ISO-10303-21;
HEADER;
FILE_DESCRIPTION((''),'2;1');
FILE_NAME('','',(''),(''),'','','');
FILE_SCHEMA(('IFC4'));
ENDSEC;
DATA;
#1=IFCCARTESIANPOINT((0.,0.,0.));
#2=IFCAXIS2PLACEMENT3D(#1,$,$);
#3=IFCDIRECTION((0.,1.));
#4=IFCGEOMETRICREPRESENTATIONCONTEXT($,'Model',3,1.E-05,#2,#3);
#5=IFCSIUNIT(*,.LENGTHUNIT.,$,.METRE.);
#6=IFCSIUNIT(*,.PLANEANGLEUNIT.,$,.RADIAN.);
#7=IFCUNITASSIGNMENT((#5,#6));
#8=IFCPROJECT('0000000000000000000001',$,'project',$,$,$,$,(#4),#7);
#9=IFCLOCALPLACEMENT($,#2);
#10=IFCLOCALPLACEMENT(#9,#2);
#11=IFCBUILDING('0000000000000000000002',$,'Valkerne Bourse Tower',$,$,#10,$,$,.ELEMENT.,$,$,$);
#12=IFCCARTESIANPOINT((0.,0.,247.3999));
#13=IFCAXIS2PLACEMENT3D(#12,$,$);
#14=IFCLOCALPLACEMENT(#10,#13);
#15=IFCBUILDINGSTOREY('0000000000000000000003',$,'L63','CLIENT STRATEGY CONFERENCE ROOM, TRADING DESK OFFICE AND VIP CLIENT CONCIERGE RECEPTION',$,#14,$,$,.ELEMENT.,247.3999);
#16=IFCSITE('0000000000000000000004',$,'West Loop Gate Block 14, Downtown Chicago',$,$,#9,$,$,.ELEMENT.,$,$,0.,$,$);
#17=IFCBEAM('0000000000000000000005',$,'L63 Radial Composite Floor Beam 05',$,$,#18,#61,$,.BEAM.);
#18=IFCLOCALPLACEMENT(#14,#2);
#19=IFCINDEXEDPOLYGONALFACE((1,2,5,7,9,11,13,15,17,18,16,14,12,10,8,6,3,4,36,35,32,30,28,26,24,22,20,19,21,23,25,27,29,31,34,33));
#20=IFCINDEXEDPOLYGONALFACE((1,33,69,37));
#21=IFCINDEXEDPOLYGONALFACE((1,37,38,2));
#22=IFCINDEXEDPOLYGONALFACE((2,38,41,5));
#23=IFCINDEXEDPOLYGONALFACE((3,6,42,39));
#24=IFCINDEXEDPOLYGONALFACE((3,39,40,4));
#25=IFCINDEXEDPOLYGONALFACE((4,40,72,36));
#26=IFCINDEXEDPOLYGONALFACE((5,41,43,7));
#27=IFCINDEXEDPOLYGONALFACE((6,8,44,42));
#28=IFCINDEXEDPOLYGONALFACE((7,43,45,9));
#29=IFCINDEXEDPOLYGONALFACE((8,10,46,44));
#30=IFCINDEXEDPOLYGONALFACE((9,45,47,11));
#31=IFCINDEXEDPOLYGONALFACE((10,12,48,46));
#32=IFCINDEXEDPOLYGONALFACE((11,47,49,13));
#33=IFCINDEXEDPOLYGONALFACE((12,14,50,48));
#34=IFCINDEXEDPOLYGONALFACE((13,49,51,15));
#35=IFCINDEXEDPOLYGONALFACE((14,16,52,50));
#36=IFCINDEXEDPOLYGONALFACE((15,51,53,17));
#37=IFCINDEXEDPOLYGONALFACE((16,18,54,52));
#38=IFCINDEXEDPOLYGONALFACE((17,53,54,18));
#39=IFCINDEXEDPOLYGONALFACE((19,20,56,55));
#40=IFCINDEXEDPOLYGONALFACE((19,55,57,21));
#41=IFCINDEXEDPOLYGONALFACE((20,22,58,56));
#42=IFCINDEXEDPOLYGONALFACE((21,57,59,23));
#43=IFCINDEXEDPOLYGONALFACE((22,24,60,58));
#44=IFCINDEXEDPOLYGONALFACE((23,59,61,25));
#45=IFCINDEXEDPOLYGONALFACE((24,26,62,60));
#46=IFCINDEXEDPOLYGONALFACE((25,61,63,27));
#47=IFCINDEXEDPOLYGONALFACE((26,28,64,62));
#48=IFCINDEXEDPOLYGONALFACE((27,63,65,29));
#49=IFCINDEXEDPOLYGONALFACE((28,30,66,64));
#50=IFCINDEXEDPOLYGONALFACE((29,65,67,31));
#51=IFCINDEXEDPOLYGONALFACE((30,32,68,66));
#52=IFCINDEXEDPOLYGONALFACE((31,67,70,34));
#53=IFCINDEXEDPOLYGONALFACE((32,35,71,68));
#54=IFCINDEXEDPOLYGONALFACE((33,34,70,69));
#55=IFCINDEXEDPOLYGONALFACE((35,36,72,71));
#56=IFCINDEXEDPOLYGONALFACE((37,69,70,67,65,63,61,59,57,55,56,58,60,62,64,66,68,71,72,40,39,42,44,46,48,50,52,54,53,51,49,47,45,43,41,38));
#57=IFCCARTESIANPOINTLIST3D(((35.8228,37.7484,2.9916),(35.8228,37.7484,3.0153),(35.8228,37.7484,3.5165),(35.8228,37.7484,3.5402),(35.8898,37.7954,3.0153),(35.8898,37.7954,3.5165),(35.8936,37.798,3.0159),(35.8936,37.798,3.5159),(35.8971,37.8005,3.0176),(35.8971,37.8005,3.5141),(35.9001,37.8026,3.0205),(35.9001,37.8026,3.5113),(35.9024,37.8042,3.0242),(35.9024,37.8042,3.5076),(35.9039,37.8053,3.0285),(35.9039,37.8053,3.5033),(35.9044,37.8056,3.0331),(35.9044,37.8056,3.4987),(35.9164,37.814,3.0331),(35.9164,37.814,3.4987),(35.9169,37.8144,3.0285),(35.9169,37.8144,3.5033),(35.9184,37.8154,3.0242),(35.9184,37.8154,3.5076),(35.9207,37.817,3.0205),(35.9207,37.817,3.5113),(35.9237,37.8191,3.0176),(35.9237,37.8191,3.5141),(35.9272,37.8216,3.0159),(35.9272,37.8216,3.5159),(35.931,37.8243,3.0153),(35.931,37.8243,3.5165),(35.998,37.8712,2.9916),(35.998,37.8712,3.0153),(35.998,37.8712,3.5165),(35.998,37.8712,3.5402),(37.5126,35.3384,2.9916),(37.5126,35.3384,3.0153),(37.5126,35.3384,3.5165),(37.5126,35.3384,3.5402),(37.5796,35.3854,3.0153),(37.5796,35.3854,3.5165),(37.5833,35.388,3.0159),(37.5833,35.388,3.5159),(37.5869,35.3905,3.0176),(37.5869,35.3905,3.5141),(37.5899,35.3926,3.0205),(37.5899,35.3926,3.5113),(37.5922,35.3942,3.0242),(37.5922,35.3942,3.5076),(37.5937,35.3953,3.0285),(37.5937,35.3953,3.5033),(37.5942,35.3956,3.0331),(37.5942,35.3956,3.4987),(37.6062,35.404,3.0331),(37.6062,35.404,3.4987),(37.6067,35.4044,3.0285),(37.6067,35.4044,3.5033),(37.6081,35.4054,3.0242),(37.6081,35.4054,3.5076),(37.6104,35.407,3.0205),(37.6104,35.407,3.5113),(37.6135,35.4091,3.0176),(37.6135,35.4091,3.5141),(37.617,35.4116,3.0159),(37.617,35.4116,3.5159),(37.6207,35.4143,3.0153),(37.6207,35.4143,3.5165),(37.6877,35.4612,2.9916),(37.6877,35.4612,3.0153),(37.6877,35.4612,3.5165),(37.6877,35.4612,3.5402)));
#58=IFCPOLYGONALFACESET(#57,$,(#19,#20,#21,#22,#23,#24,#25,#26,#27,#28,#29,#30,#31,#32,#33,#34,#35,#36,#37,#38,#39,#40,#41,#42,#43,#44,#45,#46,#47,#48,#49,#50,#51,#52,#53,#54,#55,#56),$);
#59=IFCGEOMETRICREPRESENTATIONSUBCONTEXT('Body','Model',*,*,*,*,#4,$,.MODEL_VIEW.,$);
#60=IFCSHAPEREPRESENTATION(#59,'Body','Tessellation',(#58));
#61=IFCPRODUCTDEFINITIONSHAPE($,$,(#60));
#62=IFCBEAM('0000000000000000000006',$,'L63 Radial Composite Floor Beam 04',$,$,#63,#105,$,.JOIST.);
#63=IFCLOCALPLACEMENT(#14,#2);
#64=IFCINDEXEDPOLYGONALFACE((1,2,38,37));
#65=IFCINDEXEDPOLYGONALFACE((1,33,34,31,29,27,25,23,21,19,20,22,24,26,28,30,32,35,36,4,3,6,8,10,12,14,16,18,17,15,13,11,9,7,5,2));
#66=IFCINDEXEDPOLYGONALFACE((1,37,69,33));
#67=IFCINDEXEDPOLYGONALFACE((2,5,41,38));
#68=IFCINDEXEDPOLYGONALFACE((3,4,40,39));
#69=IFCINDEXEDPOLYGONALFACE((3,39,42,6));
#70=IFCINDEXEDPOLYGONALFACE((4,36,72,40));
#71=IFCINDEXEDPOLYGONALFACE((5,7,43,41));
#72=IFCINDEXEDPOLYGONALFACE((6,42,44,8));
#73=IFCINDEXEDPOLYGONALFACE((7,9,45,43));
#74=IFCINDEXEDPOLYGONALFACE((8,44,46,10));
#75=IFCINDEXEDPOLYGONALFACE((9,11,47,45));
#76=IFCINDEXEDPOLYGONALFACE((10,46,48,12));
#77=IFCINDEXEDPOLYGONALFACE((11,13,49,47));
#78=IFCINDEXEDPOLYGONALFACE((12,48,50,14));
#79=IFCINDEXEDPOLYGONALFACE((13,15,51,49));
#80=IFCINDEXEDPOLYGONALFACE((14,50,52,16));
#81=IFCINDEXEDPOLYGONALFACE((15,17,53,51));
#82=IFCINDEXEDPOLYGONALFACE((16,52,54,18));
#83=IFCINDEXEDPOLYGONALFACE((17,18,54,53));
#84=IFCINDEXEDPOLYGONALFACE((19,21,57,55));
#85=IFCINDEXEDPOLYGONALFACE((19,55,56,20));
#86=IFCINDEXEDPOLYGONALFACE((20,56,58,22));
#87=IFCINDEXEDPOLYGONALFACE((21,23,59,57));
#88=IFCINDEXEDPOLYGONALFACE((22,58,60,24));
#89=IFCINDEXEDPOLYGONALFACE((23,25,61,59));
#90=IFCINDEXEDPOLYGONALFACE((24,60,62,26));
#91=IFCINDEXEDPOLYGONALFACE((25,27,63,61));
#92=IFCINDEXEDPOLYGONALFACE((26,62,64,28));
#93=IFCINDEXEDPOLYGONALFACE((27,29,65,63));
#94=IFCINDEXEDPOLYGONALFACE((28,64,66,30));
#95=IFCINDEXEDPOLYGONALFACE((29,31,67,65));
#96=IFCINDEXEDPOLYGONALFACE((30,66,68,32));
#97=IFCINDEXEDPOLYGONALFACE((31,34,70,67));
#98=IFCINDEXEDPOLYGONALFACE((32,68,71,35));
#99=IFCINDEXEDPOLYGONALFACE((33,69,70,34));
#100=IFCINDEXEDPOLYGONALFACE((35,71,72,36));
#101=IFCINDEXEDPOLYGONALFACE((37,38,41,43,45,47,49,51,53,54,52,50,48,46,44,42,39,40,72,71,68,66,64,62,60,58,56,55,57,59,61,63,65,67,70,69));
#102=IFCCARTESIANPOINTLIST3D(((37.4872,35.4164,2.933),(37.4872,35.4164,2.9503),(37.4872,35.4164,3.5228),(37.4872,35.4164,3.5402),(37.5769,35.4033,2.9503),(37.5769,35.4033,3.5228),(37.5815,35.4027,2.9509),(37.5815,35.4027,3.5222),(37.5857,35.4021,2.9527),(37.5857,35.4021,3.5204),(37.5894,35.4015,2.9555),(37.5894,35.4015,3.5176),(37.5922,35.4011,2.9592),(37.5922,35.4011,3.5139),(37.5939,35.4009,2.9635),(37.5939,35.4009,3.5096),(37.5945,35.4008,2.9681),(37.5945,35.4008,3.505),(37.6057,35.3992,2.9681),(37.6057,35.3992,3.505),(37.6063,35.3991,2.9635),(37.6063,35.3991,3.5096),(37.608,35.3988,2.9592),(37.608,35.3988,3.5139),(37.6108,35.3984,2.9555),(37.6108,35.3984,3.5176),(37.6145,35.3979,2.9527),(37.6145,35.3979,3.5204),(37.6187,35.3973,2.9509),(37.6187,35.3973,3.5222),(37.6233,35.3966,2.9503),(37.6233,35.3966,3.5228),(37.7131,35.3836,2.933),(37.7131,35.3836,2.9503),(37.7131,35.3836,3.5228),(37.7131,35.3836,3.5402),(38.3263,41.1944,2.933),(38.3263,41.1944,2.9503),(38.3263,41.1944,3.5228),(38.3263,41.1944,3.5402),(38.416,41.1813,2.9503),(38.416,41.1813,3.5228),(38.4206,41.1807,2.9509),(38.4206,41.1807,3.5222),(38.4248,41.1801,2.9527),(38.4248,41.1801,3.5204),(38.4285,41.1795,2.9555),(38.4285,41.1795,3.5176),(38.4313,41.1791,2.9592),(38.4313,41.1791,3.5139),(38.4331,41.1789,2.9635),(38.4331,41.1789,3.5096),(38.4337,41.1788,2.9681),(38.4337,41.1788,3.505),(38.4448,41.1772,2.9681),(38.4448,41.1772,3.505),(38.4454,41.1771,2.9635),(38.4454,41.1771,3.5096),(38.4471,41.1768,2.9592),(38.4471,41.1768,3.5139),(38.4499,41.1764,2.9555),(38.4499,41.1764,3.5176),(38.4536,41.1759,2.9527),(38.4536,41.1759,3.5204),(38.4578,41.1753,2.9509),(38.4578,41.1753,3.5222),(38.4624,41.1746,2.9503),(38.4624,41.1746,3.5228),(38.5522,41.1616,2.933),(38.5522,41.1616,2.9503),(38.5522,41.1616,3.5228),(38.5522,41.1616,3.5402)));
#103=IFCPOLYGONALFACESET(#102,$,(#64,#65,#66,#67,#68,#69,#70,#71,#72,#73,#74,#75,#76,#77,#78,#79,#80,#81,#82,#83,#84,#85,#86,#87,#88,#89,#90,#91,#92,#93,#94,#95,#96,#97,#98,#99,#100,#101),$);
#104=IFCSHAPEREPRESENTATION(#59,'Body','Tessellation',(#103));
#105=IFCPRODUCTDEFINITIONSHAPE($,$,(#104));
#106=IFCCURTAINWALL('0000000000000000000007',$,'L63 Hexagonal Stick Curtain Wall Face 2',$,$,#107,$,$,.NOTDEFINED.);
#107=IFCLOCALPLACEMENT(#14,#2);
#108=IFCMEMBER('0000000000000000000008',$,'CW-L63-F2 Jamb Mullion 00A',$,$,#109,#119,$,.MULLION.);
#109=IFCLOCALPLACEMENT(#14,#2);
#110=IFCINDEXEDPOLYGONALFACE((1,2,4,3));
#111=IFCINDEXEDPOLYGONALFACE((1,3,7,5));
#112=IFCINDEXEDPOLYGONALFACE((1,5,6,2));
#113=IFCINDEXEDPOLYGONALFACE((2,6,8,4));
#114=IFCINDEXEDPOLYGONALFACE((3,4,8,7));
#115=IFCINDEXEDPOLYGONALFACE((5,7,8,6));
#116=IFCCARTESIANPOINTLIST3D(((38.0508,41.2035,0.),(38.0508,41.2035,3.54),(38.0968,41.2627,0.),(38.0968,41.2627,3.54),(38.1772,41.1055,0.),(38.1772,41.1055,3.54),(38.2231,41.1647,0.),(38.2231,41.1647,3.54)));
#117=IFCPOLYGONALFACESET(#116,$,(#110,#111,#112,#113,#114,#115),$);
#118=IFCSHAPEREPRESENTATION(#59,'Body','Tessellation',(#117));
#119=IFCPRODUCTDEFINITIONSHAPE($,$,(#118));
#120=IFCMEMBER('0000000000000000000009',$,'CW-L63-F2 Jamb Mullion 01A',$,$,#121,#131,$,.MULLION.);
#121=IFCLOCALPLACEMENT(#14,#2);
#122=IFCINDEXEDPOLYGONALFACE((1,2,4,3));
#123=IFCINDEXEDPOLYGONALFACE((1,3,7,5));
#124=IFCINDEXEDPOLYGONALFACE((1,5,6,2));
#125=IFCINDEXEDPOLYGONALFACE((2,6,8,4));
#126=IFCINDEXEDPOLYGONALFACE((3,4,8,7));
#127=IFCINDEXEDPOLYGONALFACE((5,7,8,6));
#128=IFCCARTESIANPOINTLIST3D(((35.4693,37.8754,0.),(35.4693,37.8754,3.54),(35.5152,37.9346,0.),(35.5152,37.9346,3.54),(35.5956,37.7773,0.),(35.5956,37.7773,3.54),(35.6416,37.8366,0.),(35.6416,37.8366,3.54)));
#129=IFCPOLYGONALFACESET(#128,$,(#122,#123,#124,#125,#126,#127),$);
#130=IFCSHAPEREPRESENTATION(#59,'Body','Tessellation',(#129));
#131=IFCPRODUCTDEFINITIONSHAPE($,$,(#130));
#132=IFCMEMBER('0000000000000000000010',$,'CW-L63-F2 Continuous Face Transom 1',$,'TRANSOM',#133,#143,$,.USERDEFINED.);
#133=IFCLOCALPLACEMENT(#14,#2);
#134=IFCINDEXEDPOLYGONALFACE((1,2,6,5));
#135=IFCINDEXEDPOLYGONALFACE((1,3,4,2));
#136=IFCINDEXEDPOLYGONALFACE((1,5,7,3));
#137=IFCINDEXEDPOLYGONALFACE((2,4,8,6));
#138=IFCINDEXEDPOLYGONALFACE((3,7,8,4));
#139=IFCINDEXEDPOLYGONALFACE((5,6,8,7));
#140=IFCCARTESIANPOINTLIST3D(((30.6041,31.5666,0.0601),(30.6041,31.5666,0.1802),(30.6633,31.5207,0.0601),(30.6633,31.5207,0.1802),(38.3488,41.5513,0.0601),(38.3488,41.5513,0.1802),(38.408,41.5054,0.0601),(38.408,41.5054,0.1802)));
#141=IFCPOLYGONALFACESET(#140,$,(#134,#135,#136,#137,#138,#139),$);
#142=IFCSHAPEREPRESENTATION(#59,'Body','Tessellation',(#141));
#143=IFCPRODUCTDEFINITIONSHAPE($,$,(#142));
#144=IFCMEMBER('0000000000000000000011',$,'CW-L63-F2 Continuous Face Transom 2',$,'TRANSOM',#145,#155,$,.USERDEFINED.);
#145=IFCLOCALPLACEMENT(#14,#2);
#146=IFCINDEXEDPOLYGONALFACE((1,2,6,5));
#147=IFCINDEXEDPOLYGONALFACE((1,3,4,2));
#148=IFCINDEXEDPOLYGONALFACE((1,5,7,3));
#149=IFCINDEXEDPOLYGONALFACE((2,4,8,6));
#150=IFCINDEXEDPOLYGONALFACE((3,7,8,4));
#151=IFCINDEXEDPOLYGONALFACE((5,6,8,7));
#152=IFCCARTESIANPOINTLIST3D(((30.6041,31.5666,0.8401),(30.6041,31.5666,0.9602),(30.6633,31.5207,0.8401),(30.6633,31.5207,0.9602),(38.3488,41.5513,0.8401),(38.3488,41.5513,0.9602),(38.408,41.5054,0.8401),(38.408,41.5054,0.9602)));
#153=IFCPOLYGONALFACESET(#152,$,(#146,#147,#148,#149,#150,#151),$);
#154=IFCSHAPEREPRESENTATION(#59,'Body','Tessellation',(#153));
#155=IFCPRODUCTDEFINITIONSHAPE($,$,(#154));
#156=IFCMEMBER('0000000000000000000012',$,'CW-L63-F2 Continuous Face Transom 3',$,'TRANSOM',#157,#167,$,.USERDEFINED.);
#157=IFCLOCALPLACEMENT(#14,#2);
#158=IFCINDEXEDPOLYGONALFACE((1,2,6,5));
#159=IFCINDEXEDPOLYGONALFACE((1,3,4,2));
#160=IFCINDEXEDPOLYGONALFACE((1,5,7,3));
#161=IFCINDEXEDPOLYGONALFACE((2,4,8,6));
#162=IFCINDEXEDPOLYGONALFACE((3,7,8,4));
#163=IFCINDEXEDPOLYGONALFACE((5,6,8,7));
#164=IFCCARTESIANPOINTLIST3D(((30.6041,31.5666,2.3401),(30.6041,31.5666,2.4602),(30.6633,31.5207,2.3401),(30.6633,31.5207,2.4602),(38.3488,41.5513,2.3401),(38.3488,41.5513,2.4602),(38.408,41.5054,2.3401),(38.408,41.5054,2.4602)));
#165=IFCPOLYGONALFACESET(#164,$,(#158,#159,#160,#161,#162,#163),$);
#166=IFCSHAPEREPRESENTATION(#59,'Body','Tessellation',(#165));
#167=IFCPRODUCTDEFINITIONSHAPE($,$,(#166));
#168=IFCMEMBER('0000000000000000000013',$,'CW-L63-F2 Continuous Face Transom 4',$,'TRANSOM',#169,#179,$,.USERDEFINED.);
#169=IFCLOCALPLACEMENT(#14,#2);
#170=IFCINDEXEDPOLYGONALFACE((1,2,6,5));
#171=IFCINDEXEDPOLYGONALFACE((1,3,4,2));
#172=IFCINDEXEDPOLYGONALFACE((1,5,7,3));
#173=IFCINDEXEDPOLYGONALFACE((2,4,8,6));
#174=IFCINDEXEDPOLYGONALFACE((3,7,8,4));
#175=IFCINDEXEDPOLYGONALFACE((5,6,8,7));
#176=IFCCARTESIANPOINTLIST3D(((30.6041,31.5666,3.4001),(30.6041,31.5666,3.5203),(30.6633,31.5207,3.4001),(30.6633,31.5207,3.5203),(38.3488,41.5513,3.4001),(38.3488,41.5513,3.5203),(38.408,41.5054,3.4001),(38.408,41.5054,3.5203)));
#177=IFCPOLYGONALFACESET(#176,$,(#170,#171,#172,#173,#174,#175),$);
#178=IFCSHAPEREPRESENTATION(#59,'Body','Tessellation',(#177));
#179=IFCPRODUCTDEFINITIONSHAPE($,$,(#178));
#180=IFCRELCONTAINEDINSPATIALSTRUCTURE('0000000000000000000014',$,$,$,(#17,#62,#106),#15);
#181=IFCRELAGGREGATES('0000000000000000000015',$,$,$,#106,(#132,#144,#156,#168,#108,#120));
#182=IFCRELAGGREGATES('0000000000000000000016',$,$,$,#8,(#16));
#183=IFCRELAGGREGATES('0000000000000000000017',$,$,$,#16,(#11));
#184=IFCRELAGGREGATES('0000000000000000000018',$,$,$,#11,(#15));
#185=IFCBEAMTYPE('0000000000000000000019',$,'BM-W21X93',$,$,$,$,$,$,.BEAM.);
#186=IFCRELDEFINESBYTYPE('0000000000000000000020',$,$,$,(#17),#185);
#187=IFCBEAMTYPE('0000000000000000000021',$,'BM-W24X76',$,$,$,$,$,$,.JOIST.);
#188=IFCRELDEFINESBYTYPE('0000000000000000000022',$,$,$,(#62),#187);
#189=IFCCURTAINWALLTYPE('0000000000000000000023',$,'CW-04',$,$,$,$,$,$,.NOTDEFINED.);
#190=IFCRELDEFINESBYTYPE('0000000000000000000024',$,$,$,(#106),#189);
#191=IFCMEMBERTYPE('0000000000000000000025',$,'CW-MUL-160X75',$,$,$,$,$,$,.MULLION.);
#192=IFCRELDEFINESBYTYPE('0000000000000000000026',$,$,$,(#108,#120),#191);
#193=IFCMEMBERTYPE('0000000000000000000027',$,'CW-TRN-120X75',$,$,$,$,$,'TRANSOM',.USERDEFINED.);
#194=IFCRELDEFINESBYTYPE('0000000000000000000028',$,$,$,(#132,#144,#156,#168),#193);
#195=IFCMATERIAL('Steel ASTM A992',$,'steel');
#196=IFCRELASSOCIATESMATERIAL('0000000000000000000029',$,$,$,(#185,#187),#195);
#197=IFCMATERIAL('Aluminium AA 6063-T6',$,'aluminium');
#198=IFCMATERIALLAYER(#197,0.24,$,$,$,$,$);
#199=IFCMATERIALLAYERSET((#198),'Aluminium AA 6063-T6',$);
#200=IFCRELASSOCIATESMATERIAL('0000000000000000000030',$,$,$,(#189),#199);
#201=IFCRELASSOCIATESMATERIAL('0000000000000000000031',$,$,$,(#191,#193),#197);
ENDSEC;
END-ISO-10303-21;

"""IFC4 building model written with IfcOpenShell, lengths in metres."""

from ifc_helpers import new_model, si_unit, direction, frame, origin, origin_2d, place, context, subcontext, project, spatial, rectangle, i_section, extrude, material, layer, layer_set, material_profile, profile_set, type_object, element, aggregate, save


model = new_model("IFC4")

# Units and contexts
model_context = context("Model", 3, precision=1e-05, world=origin(), true_north=direction((0.0, 1.0)))
body_context = subcontext(model_context, "Body", "Model", "MODEL_VIEW")
ifc_project = project(units=[si_unit("LENGTHUNIT", "METRE"), si_unit("PLANEANGLEUNIT", "RADIAN")], contexts=[model_context])

# Site, building, storey
site_placement = place(None, origin())
site = spatial("IfcSite", under=ifc_project, at=site_placement, Name="West Loop Gate Block 14, Downtown Chicago", CompositionType="ELEMENT", RefElevation=0.0)
building_placement = place(site_placement, origin())
building = spatial("IfcBuilding", under=site, at=building_placement, Name="Valkerne Bourse Tower", CompositionType="ELEMENT")
storey_placement = place(building_placement, frame((0.0, 0.0, 247.3999)))
storey = spatial("IfcBuildingStorey", under=building, at=storey_placement, Name="L63", Description="CLIENT STRATEGY CONFERENCE ROOM, TRADING DESK OFFICE AND VIP CLIENT CONCIERGE RECEPTION", CompositionType="ELEMENT", Elevation=247.3999)

# Beams
ifc_material_1 = material(Name="Steel ASTM A992", Category="steel")
ifc_material_profile_1 = material_profile(ifc_material_1, i_section(OverallWidth=0.2139, OverallDepth=0.5486, WebThickness=0.0146, FlangeThickness=0.0237, FilletRadius=0.0178, at=origin_2d()), Name="W21X93")
ifc_profile_set_1 = profile_set([ifc_material_profile_1], Name="Steel ASTM A992")
beam_type_1 = type_object("IfcBeamType", Name="BM-W21X93", PredefinedType="BEAM", material=ifc_profile_set_1)
beam_1_placement = place(storey_placement, frame((35.9104, 37.8098, 3.2659), z_axis=(0.574091, -0.818791, 0.0), x_axis=(0.818791, 0.574091, 0.0)))
element("IfcBeam", 1, at=beam_1_placement, inside=storey, type_object=beam_type_1, Name="L63 Radial Composite Floor Beam 05", PredefinedType="BEAM", context=body_context, shape_type="SweptSolid", body=[
    extrude(i_section(OverallWidth=0.2139, OverallDepth=0.5486, WebThickness=0.0146, FlangeThickness=0.0237, FilletRadius=0.0178, at=origin_2d()), origin(), (0.0, 0.0, 1.0), 2.9434),
])
ifc_material_profile_2 = material_profile(ifc_material_1, i_section(OverallWidth=0.2283, OverallDepth=0.6072, WebThickness=0.0112, FlangeThickness=0.0173, FilletRadius=0.0178, at=origin_2d()), Name="W24X76")
ifc_profile_set_2 = profile_set([ifc_material_profile_2], Name="Steel ASTM A992")
beam_type_2 = type_object("IfcBeamType", Name="BM-W24X76", PredefinedType="JOIST", material=ifc_profile_set_2)
beam_2_placement = place(storey_placement, frame((38.4392, 41.178, 3.2366), z_axis=(-0.143716, -0.989619, 0.0), x_axis=(0.989619, -0.143716, 0.0)))
element("IfcBeam", 2, at=beam_2_placement, inside=storey, type_object=beam_type_2, Name="L63 Radial Composite Floor Beam 04", PredefinedType="JOIST", context=body_context, shape_type="SweptSolid", body=[
    extrude(i_section(OverallWidth=0.2283, OverallDepth=0.6072, WebThickness=0.0112, FlangeThickness=0.0173, FilletRadius=0.0178, at=origin_2d()), origin(), (0.0, 0.0, 1.0), 5.8386),
])

# Curtain wall, members
ifc_material_2 = material(Name="Aluminium AA 6063-T6", Category="aluminium")
ifc_layer_1 = layer(ifc_material_2, 0.24)
ifc_layer_set_1 = layer_set([ifc_layer_1], Name="Aluminium AA 6063-T6")
curtain_wall_type = type_object("IfcCurtainWallType", Name="CW-04", PredefinedType="NOTDEFINED", material=ifc_layer_set_1)
curtain_wall_placement = place(storey_placement, origin())
curtain_wall = element("IfcCurtainWall", 3, at=curtain_wall_placement, inside=storey, type_object=curtain_wall_type, Name="L63 Hexagonal Stick Curtain Wall Face 2", PredefinedType="NOTDEFINED")
ifc_material_profile_3 = material_profile(ifc_material_2, rectangle(XDim=0.075, YDim=0.1599, at=origin_2d()), Name="CWM-75X160")
ifc_profile_set_3 = profile_set([ifc_material_profile_3], Name="Aluminium AA 6063-T6")
member_type_1 = type_object("IfcMemberType", Name="CW-MUL-160X75", PredefinedType="MULLION", material=ifc_profile_set_3)
member_1_placement = place(storey_placement, frame((38.137, 41.1841, 0.0), z_axis=(0.0, 0.0, 1.0), x_axis=(-0.612916, -0.790148, 0.0)))
member_1 = element("IfcMember", 4, at=member_1_placement, type_object=member_type_1, Name="CW-L63-F2 Jamb Mullion 00A", PredefinedType="MULLION", context=body_context, shape_type="SweptSolid", body=[
    extrude(rectangle(XDim=0.075, YDim=0.1599, at=origin_2d()), origin(), (0.0, 0.0, 1.0), 3.54),
])
member_2_placement = place(storey_placement, frame((35.5554, 37.856, 0.0), z_axis=(0.0, 0.0, 1.0), x_axis=(-0.612901, -0.790159, 0.0)))
member_2 = element("IfcMember", 5, at=member_2_placement, type_object=member_type_1, Name="CW-L63-F2 Jamb Mullion 01A", PredefinedType="MULLION", context=body_context, shape_type="SweptSolid", body=[
    extrude(rectangle(XDim=0.075, YDim=0.1599, at=origin_2d()), origin(), (0.0, 0.0, 1.0), 3.54),
])
ifc_material_profile_4 = material_profile(ifc_material_2, rectangle(XDim=0.075, YDim=0.1201, at=origin_2d()), Name="CWT-75X120")
ifc_profile_set_4 = profile_set([ifc_material_profile_4], Name="Aluminium AA 6063-T6")
member_type_2 = type_object("IfcMemberType", Name="CW-TRN-120X75", ElementType="TRANSOM", PredefinedType="USERDEFINED", material=ifc_profile_set_4)
member_3_placement = place(storey_placement, frame((38.3784, 41.5283, 0.1201), z_axis=(-0.612895, -0.790164, 0.0), x_axis=(0.790164, -0.612895, 0.0)))
member_3 = element("IfcMember", 6, at=member_3_placement, type_object=member_type_2, Name="CW-L63-F2 Continuous Face Transom 1", ObjectType="TRANSOM", PredefinedType="USERDEFINED", context=body_context, shape_type="SweptSolid", body=[
    extrude(rectangle(XDim=0.075, YDim=0.1201, at=origin_2d()), origin(), (0.0, 0.0, 1.0), 12.6362),
])
member_4_placement = place(storey_placement, frame((38.3784, 41.5283, 0.9001), z_axis=(-0.612895, -0.790164, 0.0), x_axis=(0.790164, -0.612895, 0.0)))
member_4 = element("IfcMember", 7, at=member_4_placement, type_object=member_type_2, Name="CW-L63-F2 Continuous Face Transom 2", ObjectType="TRANSOM", PredefinedType="USERDEFINED", context=body_context, shape_type="SweptSolid", body=[
    extrude(rectangle(XDim=0.075, YDim=0.1201, at=origin_2d()), origin(), (0.0, 0.0, 1.0), 12.6362),
])
member_5_placement = place(storey_placement, frame((38.3784, 41.5283, 2.4001), z_axis=(-0.612895, -0.790164, 0.0), x_axis=(0.790164, -0.612895, 0.0)))
member_5 = element("IfcMember", 8, at=member_5_placement, type_object=member_type_2, Name="CW-L63-F2 Continuous Face Transom 3", ObjectType="TRANSOM", PredefinedType="USERDEFINED", context=body_context, shape_type="SweptSolid", body=[
    extrude(rectangle(XDim=0.075, YDim=0.1201, at=origin_2d()), origin(), (0.0, 0.0, 1.0), 12.6362),
])
member_6_placement = place(storey_placement, frame((38.3784, 41.5283, 3.4602), z_axis=(-0.612895, -0.790164, 0.0), x_axis=(0.790164, -0.612895, 0.0)))
member_6 = element("IfcMember", 9, at=member_6_placement, type_object=member_type_2, Name="CW-L63-F2 Continuous Face Transom 4", ObjectType="TRANSOM", PredefinedType="USERDEFINED", context=body_context, shape_type="SweptSolid", body=[
    extrude(rectangle(XDim=0.075, YDim=0.1201, at=origin_2d()), origin(), (0.0, 0.0, 1.0), 12.6362),
])

aggregate(curtain_wall, [member_3, member_4, member_5, member_6, member_1, member_2])

save(model, "model.ifc")
